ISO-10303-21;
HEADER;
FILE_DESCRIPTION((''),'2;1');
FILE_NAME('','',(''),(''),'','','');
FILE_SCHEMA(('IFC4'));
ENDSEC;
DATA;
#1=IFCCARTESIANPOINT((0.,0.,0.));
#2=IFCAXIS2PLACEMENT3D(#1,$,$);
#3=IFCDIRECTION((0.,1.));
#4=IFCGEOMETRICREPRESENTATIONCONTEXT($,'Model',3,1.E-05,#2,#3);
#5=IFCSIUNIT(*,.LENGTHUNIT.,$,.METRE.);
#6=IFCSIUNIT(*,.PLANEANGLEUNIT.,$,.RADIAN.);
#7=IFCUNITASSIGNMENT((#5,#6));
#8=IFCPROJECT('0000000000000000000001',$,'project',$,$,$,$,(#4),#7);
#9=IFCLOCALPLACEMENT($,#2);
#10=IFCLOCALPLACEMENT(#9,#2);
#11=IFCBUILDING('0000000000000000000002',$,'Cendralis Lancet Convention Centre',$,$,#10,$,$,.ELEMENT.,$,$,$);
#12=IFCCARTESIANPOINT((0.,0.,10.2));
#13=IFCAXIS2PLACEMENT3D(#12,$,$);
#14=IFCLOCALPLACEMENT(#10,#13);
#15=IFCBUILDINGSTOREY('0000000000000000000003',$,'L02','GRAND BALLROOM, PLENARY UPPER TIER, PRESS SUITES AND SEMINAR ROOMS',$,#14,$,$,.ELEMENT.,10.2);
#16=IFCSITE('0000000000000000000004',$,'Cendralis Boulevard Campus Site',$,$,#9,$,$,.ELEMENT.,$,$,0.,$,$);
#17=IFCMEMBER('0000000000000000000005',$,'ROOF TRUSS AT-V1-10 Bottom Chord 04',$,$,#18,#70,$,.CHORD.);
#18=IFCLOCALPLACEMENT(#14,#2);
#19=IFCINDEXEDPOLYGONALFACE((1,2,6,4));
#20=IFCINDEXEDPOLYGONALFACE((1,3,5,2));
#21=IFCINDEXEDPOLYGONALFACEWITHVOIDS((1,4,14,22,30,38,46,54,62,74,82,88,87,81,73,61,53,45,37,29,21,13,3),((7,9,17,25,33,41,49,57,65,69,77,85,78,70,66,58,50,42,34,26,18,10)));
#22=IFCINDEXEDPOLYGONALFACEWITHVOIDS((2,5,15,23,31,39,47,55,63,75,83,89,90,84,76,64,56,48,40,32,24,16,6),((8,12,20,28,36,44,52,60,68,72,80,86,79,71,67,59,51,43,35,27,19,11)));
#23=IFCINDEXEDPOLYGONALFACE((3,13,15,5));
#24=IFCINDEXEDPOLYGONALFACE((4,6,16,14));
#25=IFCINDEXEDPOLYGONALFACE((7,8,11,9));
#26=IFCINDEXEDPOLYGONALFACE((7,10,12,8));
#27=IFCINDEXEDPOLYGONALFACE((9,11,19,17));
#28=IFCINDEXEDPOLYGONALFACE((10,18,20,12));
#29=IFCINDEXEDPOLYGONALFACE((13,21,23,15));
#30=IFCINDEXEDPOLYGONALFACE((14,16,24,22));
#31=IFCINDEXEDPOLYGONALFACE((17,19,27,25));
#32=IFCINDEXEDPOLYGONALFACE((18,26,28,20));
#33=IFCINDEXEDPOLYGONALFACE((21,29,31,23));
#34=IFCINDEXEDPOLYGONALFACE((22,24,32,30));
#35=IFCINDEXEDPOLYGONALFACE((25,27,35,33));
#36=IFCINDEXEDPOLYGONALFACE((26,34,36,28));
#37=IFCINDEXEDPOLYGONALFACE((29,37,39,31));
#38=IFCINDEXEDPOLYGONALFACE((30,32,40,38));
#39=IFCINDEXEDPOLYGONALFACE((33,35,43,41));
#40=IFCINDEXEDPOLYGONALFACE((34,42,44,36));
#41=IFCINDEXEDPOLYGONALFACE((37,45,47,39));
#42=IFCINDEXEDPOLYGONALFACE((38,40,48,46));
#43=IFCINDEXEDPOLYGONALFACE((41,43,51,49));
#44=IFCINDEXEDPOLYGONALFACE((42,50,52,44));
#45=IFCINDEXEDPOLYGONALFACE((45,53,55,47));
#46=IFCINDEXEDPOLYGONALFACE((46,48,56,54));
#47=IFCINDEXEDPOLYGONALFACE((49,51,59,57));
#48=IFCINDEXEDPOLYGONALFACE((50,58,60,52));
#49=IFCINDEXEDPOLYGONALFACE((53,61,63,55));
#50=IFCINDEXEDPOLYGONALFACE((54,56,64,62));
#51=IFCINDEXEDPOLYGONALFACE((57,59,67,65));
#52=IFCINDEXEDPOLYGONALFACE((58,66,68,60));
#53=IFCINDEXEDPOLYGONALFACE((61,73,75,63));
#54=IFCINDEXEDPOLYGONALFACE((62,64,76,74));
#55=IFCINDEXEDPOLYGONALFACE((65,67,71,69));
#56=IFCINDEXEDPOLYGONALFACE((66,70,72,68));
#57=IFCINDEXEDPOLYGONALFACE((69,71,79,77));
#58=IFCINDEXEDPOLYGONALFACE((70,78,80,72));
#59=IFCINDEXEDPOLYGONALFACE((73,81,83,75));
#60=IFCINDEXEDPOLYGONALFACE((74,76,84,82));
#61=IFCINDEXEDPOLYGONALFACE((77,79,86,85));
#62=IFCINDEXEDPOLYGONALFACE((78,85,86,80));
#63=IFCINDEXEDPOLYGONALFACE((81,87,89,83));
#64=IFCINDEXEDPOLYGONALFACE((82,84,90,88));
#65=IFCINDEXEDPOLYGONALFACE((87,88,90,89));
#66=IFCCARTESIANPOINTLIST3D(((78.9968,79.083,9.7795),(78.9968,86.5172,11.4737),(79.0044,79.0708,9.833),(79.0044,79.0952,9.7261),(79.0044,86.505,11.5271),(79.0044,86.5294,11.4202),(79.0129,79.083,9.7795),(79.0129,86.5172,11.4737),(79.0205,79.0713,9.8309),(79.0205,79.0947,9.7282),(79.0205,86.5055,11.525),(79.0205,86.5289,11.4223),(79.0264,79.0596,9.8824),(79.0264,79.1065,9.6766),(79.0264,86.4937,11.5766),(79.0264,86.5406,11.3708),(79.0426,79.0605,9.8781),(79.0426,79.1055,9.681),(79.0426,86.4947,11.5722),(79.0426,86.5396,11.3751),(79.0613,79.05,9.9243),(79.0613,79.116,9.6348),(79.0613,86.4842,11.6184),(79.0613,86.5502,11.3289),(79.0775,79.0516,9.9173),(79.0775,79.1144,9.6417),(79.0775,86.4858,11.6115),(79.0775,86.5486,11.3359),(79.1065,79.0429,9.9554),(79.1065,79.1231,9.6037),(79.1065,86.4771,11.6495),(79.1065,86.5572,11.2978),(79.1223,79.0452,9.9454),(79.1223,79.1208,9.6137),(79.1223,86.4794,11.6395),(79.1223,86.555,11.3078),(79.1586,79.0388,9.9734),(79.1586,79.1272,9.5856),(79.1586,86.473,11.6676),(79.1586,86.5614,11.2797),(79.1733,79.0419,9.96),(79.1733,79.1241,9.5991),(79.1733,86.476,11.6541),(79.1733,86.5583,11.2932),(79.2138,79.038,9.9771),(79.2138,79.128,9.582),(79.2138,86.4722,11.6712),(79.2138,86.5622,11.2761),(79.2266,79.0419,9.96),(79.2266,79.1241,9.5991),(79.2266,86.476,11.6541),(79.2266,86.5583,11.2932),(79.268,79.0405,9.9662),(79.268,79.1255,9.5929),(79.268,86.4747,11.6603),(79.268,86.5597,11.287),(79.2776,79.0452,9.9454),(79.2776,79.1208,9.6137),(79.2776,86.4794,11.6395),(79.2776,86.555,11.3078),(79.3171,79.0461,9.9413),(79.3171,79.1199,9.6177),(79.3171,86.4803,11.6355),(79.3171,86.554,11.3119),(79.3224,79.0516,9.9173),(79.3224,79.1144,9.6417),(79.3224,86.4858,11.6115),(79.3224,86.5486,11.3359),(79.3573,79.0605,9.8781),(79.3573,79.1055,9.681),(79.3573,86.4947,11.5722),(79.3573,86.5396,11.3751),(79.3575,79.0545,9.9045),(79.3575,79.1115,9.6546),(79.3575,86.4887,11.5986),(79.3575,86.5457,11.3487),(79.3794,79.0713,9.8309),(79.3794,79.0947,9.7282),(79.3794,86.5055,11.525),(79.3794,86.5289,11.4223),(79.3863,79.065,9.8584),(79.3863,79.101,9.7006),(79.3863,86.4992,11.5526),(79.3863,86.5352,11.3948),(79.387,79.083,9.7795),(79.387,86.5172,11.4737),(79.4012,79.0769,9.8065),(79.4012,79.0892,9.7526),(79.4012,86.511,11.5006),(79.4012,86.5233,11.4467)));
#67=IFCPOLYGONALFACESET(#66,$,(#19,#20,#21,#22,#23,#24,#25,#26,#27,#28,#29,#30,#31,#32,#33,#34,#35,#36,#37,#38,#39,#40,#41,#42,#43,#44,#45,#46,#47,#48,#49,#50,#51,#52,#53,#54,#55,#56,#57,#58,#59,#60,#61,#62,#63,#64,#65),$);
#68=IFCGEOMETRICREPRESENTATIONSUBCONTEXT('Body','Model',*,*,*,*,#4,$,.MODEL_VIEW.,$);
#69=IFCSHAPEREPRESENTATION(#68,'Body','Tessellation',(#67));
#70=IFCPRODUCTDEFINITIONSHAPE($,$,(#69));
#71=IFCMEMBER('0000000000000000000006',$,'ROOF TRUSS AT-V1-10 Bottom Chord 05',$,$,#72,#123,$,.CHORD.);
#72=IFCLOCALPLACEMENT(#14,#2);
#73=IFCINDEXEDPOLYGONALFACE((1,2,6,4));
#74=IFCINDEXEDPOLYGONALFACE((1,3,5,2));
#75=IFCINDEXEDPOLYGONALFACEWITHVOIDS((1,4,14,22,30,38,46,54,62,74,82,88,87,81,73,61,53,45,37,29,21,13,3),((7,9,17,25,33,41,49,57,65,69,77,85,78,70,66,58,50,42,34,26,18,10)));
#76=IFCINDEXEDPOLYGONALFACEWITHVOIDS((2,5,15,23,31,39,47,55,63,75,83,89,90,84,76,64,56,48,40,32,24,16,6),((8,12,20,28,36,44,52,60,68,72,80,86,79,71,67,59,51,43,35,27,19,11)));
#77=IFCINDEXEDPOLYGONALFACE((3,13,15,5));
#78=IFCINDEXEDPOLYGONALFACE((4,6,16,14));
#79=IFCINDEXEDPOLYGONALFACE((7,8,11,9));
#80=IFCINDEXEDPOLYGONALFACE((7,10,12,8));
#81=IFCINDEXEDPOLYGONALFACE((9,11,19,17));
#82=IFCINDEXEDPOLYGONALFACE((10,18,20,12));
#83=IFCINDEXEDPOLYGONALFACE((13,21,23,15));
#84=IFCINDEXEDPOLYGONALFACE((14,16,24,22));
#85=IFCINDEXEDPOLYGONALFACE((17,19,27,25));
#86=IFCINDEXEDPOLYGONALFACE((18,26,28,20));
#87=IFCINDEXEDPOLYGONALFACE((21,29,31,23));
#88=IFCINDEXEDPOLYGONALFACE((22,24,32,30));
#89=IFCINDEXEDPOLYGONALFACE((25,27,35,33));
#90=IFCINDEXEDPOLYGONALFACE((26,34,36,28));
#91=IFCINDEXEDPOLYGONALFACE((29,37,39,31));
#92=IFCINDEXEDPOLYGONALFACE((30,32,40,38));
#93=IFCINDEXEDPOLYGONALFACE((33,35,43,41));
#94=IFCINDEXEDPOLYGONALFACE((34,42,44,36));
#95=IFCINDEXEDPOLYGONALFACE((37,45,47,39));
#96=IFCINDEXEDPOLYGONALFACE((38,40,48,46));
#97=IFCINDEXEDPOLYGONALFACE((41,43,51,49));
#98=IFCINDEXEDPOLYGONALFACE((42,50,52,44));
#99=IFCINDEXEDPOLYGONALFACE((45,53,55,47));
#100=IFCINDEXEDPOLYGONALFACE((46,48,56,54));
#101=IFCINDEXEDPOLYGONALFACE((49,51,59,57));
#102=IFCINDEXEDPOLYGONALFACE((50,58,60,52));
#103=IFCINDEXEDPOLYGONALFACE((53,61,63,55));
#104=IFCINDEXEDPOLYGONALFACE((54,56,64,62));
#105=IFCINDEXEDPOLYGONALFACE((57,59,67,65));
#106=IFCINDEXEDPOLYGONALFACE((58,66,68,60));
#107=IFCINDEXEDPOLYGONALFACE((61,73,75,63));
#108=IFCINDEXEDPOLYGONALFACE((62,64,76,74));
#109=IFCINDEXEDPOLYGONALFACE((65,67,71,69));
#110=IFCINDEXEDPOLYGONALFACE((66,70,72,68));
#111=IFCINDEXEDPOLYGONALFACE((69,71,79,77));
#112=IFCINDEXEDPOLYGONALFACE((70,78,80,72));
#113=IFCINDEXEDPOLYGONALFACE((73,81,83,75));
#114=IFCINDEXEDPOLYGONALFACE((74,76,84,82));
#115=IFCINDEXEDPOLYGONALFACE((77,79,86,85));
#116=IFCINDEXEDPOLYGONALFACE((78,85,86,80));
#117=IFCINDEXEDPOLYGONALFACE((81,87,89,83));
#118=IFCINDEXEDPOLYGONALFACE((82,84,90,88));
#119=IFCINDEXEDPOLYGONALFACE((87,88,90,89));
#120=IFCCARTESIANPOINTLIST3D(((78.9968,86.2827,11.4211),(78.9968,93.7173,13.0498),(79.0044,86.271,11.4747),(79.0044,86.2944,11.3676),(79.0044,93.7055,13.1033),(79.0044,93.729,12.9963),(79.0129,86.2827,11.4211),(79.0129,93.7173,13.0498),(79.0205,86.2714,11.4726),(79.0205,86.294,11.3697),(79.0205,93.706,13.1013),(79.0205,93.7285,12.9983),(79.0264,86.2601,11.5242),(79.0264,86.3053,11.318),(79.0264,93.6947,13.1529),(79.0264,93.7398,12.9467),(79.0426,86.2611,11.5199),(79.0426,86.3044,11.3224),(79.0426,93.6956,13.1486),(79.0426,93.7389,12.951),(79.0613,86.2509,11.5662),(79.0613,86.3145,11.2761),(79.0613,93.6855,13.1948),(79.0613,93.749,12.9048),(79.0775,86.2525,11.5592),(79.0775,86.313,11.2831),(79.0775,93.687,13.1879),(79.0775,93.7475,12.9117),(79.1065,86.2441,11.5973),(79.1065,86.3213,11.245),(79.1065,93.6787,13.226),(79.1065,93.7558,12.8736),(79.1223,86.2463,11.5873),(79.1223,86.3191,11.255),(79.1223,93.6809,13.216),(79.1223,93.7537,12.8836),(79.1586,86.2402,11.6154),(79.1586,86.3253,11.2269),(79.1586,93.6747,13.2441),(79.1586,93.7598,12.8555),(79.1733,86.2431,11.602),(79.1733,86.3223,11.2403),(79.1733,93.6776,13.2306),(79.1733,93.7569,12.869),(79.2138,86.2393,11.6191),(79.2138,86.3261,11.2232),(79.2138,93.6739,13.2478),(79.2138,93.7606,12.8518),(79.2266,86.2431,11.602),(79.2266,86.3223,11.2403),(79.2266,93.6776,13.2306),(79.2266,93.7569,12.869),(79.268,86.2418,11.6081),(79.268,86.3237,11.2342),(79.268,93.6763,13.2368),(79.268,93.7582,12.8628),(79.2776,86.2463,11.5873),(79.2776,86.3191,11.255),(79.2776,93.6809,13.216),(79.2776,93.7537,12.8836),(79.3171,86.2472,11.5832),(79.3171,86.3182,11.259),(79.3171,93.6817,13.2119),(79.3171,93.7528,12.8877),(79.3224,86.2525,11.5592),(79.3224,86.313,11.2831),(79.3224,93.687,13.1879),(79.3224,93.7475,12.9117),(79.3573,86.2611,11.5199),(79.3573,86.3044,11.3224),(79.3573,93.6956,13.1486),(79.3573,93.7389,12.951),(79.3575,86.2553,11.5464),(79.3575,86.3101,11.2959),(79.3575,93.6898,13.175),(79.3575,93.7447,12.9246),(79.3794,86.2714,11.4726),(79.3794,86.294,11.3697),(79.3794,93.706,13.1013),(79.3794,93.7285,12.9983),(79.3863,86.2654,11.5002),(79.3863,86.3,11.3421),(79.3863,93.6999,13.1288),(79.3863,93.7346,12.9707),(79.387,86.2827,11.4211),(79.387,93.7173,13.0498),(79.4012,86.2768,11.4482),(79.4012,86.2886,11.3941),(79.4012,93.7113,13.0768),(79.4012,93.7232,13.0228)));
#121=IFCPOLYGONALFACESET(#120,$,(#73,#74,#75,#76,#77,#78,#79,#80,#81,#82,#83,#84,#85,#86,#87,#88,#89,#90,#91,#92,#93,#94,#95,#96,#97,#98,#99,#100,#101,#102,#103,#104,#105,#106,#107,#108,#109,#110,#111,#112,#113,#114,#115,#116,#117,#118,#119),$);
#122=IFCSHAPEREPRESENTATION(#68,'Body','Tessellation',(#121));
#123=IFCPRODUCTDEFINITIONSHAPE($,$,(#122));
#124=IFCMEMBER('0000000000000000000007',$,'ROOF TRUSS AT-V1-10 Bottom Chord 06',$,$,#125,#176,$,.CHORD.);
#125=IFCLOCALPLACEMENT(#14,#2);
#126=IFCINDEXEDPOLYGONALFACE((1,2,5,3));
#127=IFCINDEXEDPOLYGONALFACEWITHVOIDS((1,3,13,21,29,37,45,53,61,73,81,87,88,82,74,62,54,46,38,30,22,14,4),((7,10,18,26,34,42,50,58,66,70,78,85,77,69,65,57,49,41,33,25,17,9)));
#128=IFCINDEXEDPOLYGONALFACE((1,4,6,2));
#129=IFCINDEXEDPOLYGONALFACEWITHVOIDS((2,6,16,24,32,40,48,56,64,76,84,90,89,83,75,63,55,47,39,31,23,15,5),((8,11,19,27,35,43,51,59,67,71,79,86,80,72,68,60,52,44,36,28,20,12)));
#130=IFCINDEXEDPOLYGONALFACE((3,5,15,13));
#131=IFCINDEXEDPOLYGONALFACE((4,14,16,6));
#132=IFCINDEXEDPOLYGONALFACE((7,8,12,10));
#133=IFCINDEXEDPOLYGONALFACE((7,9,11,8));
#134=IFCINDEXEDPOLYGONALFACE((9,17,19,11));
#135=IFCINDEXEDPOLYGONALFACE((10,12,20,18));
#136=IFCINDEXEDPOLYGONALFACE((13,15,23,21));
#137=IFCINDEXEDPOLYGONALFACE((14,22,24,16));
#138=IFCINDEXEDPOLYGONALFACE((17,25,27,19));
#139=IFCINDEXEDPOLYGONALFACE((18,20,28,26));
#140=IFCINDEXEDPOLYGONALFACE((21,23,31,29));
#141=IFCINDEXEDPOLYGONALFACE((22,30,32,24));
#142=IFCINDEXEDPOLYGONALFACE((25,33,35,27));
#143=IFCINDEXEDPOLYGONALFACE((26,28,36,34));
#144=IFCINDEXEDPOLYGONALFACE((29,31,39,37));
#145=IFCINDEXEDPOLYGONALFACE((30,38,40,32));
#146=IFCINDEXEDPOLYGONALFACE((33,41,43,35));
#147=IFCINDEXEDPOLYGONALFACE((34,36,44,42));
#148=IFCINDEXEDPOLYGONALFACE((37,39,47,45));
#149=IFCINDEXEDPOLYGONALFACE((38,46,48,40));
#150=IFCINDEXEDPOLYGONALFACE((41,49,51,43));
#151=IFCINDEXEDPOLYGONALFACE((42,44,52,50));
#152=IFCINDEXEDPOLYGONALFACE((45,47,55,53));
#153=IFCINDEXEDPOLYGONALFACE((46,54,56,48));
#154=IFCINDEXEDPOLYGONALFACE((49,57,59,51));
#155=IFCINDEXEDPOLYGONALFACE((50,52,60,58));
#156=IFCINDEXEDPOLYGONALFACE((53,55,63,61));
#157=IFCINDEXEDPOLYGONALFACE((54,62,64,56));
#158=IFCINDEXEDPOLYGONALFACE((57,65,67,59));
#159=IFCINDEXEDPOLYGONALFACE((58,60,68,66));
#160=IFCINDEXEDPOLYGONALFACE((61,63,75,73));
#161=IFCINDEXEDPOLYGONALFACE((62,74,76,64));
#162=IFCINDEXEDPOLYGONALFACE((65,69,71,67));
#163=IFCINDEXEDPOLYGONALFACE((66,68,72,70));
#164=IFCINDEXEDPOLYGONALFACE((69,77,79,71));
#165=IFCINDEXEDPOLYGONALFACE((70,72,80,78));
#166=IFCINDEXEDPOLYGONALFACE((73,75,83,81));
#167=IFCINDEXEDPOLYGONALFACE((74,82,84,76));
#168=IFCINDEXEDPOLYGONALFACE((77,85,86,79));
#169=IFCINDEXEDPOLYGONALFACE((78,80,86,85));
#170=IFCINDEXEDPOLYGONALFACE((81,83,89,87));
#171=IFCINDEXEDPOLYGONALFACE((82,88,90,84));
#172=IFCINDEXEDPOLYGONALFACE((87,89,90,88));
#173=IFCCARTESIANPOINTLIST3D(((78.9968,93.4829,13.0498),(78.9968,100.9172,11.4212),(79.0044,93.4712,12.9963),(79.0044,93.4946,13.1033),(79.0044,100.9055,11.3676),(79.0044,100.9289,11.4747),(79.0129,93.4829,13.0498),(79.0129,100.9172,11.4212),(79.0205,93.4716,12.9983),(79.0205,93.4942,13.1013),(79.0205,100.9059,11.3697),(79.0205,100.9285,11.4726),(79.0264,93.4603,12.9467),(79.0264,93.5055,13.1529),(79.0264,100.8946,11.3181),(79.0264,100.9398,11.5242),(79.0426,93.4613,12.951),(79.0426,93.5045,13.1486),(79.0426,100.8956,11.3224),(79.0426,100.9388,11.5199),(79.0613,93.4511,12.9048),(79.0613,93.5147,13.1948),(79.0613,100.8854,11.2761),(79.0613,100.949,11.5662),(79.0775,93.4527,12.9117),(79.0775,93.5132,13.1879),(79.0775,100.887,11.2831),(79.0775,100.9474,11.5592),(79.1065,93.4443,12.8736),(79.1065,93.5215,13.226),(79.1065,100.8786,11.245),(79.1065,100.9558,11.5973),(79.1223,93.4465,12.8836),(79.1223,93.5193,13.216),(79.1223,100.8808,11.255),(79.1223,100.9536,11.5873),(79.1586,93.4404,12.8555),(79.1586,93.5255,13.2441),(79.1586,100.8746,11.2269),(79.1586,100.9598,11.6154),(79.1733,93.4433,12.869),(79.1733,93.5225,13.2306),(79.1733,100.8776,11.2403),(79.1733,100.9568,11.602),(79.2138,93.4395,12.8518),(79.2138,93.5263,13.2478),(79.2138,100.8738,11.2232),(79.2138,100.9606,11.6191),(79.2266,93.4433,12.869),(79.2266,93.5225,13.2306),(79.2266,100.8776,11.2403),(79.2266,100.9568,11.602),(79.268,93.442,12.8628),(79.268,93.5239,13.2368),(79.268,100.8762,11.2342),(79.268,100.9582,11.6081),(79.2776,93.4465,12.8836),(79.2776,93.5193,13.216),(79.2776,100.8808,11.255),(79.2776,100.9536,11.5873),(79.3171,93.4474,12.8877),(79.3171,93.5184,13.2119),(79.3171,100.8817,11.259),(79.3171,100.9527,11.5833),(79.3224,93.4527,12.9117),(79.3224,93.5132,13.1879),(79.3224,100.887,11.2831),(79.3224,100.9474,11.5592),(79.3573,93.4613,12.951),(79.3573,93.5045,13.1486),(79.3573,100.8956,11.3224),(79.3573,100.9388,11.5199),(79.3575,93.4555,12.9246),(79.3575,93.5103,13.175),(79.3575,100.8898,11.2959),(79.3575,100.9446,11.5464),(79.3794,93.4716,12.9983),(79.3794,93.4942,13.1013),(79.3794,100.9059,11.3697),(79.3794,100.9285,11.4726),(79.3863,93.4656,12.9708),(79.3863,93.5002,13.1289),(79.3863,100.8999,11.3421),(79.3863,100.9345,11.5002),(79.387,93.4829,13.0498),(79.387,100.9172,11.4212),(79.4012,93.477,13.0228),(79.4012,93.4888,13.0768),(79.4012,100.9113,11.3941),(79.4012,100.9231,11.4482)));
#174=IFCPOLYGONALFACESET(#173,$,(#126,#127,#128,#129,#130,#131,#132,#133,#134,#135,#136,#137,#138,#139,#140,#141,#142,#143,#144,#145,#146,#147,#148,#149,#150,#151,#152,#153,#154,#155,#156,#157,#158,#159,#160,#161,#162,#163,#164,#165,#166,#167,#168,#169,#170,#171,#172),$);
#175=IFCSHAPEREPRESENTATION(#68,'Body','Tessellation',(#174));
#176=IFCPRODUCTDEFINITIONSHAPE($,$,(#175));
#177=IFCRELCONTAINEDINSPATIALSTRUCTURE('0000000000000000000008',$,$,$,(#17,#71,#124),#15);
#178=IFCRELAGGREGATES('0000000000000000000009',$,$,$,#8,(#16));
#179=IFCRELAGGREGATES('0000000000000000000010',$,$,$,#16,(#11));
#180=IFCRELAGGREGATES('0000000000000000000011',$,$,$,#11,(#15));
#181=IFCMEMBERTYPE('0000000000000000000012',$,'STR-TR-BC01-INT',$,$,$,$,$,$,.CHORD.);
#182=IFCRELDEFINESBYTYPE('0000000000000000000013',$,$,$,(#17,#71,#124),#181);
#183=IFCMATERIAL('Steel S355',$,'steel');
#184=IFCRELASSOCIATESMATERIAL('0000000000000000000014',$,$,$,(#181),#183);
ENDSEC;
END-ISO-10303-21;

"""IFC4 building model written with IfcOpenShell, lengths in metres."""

from ifc_helpers import new_model, si_unit, direction, frame, origin, origin_2d, place, context, subcontext, project, spatial, hollow_circle, extrude, material, material_profile, profile_set, type_object, element, save


model = new_model("IFC4")

# Units and contexts
model_context = context("Model", 3, precision=1e-05, world=origin(), true_north=direction((0.0, 1.0)))
body_context = subcontext(model_context, "Body", "Model", "MODEL_VIEW")
ifc_project = project(units=[si_unit("LENGTHUNIT", "METRE"), si_unit("PLANEANGLEUNIT", "RADIAN")], contexts=[model_context])

# Site, building, storey
site_placement = place(None, origin())
site = spatial("IfcSite", under=ifc_project, at=site_placement, Name="Cendralis Boulevard Campus Site", CompositionType="ELEMENT", RefElevation=0.0)
building_placement = place(site_placement, origin())
building = spatial("IfcBuilding", under=site, at=building_placement, Name="Cendralis Lancet Convention Centre", CompositionType="ELEMENT")
storey_placement = place(building_placement, frame((0.0, 0.0, 10.2)))
storey = spatial("IfcBuildingStorey", under=building, at=storey_placement, Name="L02", Description="GRAND BALLROOM, PLENARY UPPER TIER, PRESS SUITES AND SEMINAR ROOMS", CompositionType="ELEMENT", Elevation=10.2)

# Members
ifc_material = material(Name="Steel S355", Category="steel")
ifc_material_profile_1 = material_profile(ifc_material, hollow_circle(Radius=0.2031, WallThickness=0.0161, at=origin_2d()), Name="CHS 406.4x16.0")
ifc_profile_set_1 = profile_set([ifc_material_profile_1], Name="Steel S355")
member_type_1 = type_object("IfcMemberType", Name="STR-TR-BC01-INT", PredefinedType="CHORD", material=ifc_profile_set_1)
member_1_placement = place(storey_placement, frame((79.2, 79.083, 9.7795), z_axis=(0.0, 0.975004, 0.222186), x_axis=(-1.0, 0.0, 0.0)))
element("IfcMember", 1, at=member_1_placement, inside=storey, type_object=member_type_1, Name="ROOF TRUSS AT-V1-10 Bottom Chord 04", PredefinedType="CHORD", context=body_context, shape_type="SweptSolid", body=[
    extrude(hollow_circle(Radius=0.2031, WallThickness=0.0161, at=origin_2d()), origin(), (0.0, 0.0, 1.0), 7.6248),
])
member_2_placement = place(storey_placement, frame((79.2, 86.2827, 11.4211), z_axis=(0.0, 0.976836, 0.213992), x_axis=(-1.0, 0.0, 0.0)))
element("IfcMember", 2, at=member_2_placement, inside=storey, type_object=member_type_1, Name="ROOF TRUSS AT-V1-10 Bottom Chord 05", PredefinedType="CHORD", context=body_context, shape_type="SweptSolid", body=[
    extrude(hollow_circle(Radius=0.2031, WallThickness=0.0161, at=origin_2d()), origin(), (0.0, 0.0, 1.0), 7.6108),
])
member_3_placement = place(storey_placement, frame((79.2, 93.4829, 13.0498), z_axis=(0.0, 0.976834, -0.213998), x_axis=(-1.0, 0.0, 0.0)))
element("IfcMember", 3, at=member_3_placement, inside=storey, type_object=member_type_1, Name="ROOF TRUSS AT-V1-10 Bottom Chord 06", PredefinedType="CHORD", context=body_context, shape_type="SweptSolid", body=[
    extrude(hollow_circle(Radius=0.2031, WallThickness=0.0161, at=origin_2d()), origin(), (0.0, 0.0, 1.0), 7.6106),
])

save(model, "model.ifc")
